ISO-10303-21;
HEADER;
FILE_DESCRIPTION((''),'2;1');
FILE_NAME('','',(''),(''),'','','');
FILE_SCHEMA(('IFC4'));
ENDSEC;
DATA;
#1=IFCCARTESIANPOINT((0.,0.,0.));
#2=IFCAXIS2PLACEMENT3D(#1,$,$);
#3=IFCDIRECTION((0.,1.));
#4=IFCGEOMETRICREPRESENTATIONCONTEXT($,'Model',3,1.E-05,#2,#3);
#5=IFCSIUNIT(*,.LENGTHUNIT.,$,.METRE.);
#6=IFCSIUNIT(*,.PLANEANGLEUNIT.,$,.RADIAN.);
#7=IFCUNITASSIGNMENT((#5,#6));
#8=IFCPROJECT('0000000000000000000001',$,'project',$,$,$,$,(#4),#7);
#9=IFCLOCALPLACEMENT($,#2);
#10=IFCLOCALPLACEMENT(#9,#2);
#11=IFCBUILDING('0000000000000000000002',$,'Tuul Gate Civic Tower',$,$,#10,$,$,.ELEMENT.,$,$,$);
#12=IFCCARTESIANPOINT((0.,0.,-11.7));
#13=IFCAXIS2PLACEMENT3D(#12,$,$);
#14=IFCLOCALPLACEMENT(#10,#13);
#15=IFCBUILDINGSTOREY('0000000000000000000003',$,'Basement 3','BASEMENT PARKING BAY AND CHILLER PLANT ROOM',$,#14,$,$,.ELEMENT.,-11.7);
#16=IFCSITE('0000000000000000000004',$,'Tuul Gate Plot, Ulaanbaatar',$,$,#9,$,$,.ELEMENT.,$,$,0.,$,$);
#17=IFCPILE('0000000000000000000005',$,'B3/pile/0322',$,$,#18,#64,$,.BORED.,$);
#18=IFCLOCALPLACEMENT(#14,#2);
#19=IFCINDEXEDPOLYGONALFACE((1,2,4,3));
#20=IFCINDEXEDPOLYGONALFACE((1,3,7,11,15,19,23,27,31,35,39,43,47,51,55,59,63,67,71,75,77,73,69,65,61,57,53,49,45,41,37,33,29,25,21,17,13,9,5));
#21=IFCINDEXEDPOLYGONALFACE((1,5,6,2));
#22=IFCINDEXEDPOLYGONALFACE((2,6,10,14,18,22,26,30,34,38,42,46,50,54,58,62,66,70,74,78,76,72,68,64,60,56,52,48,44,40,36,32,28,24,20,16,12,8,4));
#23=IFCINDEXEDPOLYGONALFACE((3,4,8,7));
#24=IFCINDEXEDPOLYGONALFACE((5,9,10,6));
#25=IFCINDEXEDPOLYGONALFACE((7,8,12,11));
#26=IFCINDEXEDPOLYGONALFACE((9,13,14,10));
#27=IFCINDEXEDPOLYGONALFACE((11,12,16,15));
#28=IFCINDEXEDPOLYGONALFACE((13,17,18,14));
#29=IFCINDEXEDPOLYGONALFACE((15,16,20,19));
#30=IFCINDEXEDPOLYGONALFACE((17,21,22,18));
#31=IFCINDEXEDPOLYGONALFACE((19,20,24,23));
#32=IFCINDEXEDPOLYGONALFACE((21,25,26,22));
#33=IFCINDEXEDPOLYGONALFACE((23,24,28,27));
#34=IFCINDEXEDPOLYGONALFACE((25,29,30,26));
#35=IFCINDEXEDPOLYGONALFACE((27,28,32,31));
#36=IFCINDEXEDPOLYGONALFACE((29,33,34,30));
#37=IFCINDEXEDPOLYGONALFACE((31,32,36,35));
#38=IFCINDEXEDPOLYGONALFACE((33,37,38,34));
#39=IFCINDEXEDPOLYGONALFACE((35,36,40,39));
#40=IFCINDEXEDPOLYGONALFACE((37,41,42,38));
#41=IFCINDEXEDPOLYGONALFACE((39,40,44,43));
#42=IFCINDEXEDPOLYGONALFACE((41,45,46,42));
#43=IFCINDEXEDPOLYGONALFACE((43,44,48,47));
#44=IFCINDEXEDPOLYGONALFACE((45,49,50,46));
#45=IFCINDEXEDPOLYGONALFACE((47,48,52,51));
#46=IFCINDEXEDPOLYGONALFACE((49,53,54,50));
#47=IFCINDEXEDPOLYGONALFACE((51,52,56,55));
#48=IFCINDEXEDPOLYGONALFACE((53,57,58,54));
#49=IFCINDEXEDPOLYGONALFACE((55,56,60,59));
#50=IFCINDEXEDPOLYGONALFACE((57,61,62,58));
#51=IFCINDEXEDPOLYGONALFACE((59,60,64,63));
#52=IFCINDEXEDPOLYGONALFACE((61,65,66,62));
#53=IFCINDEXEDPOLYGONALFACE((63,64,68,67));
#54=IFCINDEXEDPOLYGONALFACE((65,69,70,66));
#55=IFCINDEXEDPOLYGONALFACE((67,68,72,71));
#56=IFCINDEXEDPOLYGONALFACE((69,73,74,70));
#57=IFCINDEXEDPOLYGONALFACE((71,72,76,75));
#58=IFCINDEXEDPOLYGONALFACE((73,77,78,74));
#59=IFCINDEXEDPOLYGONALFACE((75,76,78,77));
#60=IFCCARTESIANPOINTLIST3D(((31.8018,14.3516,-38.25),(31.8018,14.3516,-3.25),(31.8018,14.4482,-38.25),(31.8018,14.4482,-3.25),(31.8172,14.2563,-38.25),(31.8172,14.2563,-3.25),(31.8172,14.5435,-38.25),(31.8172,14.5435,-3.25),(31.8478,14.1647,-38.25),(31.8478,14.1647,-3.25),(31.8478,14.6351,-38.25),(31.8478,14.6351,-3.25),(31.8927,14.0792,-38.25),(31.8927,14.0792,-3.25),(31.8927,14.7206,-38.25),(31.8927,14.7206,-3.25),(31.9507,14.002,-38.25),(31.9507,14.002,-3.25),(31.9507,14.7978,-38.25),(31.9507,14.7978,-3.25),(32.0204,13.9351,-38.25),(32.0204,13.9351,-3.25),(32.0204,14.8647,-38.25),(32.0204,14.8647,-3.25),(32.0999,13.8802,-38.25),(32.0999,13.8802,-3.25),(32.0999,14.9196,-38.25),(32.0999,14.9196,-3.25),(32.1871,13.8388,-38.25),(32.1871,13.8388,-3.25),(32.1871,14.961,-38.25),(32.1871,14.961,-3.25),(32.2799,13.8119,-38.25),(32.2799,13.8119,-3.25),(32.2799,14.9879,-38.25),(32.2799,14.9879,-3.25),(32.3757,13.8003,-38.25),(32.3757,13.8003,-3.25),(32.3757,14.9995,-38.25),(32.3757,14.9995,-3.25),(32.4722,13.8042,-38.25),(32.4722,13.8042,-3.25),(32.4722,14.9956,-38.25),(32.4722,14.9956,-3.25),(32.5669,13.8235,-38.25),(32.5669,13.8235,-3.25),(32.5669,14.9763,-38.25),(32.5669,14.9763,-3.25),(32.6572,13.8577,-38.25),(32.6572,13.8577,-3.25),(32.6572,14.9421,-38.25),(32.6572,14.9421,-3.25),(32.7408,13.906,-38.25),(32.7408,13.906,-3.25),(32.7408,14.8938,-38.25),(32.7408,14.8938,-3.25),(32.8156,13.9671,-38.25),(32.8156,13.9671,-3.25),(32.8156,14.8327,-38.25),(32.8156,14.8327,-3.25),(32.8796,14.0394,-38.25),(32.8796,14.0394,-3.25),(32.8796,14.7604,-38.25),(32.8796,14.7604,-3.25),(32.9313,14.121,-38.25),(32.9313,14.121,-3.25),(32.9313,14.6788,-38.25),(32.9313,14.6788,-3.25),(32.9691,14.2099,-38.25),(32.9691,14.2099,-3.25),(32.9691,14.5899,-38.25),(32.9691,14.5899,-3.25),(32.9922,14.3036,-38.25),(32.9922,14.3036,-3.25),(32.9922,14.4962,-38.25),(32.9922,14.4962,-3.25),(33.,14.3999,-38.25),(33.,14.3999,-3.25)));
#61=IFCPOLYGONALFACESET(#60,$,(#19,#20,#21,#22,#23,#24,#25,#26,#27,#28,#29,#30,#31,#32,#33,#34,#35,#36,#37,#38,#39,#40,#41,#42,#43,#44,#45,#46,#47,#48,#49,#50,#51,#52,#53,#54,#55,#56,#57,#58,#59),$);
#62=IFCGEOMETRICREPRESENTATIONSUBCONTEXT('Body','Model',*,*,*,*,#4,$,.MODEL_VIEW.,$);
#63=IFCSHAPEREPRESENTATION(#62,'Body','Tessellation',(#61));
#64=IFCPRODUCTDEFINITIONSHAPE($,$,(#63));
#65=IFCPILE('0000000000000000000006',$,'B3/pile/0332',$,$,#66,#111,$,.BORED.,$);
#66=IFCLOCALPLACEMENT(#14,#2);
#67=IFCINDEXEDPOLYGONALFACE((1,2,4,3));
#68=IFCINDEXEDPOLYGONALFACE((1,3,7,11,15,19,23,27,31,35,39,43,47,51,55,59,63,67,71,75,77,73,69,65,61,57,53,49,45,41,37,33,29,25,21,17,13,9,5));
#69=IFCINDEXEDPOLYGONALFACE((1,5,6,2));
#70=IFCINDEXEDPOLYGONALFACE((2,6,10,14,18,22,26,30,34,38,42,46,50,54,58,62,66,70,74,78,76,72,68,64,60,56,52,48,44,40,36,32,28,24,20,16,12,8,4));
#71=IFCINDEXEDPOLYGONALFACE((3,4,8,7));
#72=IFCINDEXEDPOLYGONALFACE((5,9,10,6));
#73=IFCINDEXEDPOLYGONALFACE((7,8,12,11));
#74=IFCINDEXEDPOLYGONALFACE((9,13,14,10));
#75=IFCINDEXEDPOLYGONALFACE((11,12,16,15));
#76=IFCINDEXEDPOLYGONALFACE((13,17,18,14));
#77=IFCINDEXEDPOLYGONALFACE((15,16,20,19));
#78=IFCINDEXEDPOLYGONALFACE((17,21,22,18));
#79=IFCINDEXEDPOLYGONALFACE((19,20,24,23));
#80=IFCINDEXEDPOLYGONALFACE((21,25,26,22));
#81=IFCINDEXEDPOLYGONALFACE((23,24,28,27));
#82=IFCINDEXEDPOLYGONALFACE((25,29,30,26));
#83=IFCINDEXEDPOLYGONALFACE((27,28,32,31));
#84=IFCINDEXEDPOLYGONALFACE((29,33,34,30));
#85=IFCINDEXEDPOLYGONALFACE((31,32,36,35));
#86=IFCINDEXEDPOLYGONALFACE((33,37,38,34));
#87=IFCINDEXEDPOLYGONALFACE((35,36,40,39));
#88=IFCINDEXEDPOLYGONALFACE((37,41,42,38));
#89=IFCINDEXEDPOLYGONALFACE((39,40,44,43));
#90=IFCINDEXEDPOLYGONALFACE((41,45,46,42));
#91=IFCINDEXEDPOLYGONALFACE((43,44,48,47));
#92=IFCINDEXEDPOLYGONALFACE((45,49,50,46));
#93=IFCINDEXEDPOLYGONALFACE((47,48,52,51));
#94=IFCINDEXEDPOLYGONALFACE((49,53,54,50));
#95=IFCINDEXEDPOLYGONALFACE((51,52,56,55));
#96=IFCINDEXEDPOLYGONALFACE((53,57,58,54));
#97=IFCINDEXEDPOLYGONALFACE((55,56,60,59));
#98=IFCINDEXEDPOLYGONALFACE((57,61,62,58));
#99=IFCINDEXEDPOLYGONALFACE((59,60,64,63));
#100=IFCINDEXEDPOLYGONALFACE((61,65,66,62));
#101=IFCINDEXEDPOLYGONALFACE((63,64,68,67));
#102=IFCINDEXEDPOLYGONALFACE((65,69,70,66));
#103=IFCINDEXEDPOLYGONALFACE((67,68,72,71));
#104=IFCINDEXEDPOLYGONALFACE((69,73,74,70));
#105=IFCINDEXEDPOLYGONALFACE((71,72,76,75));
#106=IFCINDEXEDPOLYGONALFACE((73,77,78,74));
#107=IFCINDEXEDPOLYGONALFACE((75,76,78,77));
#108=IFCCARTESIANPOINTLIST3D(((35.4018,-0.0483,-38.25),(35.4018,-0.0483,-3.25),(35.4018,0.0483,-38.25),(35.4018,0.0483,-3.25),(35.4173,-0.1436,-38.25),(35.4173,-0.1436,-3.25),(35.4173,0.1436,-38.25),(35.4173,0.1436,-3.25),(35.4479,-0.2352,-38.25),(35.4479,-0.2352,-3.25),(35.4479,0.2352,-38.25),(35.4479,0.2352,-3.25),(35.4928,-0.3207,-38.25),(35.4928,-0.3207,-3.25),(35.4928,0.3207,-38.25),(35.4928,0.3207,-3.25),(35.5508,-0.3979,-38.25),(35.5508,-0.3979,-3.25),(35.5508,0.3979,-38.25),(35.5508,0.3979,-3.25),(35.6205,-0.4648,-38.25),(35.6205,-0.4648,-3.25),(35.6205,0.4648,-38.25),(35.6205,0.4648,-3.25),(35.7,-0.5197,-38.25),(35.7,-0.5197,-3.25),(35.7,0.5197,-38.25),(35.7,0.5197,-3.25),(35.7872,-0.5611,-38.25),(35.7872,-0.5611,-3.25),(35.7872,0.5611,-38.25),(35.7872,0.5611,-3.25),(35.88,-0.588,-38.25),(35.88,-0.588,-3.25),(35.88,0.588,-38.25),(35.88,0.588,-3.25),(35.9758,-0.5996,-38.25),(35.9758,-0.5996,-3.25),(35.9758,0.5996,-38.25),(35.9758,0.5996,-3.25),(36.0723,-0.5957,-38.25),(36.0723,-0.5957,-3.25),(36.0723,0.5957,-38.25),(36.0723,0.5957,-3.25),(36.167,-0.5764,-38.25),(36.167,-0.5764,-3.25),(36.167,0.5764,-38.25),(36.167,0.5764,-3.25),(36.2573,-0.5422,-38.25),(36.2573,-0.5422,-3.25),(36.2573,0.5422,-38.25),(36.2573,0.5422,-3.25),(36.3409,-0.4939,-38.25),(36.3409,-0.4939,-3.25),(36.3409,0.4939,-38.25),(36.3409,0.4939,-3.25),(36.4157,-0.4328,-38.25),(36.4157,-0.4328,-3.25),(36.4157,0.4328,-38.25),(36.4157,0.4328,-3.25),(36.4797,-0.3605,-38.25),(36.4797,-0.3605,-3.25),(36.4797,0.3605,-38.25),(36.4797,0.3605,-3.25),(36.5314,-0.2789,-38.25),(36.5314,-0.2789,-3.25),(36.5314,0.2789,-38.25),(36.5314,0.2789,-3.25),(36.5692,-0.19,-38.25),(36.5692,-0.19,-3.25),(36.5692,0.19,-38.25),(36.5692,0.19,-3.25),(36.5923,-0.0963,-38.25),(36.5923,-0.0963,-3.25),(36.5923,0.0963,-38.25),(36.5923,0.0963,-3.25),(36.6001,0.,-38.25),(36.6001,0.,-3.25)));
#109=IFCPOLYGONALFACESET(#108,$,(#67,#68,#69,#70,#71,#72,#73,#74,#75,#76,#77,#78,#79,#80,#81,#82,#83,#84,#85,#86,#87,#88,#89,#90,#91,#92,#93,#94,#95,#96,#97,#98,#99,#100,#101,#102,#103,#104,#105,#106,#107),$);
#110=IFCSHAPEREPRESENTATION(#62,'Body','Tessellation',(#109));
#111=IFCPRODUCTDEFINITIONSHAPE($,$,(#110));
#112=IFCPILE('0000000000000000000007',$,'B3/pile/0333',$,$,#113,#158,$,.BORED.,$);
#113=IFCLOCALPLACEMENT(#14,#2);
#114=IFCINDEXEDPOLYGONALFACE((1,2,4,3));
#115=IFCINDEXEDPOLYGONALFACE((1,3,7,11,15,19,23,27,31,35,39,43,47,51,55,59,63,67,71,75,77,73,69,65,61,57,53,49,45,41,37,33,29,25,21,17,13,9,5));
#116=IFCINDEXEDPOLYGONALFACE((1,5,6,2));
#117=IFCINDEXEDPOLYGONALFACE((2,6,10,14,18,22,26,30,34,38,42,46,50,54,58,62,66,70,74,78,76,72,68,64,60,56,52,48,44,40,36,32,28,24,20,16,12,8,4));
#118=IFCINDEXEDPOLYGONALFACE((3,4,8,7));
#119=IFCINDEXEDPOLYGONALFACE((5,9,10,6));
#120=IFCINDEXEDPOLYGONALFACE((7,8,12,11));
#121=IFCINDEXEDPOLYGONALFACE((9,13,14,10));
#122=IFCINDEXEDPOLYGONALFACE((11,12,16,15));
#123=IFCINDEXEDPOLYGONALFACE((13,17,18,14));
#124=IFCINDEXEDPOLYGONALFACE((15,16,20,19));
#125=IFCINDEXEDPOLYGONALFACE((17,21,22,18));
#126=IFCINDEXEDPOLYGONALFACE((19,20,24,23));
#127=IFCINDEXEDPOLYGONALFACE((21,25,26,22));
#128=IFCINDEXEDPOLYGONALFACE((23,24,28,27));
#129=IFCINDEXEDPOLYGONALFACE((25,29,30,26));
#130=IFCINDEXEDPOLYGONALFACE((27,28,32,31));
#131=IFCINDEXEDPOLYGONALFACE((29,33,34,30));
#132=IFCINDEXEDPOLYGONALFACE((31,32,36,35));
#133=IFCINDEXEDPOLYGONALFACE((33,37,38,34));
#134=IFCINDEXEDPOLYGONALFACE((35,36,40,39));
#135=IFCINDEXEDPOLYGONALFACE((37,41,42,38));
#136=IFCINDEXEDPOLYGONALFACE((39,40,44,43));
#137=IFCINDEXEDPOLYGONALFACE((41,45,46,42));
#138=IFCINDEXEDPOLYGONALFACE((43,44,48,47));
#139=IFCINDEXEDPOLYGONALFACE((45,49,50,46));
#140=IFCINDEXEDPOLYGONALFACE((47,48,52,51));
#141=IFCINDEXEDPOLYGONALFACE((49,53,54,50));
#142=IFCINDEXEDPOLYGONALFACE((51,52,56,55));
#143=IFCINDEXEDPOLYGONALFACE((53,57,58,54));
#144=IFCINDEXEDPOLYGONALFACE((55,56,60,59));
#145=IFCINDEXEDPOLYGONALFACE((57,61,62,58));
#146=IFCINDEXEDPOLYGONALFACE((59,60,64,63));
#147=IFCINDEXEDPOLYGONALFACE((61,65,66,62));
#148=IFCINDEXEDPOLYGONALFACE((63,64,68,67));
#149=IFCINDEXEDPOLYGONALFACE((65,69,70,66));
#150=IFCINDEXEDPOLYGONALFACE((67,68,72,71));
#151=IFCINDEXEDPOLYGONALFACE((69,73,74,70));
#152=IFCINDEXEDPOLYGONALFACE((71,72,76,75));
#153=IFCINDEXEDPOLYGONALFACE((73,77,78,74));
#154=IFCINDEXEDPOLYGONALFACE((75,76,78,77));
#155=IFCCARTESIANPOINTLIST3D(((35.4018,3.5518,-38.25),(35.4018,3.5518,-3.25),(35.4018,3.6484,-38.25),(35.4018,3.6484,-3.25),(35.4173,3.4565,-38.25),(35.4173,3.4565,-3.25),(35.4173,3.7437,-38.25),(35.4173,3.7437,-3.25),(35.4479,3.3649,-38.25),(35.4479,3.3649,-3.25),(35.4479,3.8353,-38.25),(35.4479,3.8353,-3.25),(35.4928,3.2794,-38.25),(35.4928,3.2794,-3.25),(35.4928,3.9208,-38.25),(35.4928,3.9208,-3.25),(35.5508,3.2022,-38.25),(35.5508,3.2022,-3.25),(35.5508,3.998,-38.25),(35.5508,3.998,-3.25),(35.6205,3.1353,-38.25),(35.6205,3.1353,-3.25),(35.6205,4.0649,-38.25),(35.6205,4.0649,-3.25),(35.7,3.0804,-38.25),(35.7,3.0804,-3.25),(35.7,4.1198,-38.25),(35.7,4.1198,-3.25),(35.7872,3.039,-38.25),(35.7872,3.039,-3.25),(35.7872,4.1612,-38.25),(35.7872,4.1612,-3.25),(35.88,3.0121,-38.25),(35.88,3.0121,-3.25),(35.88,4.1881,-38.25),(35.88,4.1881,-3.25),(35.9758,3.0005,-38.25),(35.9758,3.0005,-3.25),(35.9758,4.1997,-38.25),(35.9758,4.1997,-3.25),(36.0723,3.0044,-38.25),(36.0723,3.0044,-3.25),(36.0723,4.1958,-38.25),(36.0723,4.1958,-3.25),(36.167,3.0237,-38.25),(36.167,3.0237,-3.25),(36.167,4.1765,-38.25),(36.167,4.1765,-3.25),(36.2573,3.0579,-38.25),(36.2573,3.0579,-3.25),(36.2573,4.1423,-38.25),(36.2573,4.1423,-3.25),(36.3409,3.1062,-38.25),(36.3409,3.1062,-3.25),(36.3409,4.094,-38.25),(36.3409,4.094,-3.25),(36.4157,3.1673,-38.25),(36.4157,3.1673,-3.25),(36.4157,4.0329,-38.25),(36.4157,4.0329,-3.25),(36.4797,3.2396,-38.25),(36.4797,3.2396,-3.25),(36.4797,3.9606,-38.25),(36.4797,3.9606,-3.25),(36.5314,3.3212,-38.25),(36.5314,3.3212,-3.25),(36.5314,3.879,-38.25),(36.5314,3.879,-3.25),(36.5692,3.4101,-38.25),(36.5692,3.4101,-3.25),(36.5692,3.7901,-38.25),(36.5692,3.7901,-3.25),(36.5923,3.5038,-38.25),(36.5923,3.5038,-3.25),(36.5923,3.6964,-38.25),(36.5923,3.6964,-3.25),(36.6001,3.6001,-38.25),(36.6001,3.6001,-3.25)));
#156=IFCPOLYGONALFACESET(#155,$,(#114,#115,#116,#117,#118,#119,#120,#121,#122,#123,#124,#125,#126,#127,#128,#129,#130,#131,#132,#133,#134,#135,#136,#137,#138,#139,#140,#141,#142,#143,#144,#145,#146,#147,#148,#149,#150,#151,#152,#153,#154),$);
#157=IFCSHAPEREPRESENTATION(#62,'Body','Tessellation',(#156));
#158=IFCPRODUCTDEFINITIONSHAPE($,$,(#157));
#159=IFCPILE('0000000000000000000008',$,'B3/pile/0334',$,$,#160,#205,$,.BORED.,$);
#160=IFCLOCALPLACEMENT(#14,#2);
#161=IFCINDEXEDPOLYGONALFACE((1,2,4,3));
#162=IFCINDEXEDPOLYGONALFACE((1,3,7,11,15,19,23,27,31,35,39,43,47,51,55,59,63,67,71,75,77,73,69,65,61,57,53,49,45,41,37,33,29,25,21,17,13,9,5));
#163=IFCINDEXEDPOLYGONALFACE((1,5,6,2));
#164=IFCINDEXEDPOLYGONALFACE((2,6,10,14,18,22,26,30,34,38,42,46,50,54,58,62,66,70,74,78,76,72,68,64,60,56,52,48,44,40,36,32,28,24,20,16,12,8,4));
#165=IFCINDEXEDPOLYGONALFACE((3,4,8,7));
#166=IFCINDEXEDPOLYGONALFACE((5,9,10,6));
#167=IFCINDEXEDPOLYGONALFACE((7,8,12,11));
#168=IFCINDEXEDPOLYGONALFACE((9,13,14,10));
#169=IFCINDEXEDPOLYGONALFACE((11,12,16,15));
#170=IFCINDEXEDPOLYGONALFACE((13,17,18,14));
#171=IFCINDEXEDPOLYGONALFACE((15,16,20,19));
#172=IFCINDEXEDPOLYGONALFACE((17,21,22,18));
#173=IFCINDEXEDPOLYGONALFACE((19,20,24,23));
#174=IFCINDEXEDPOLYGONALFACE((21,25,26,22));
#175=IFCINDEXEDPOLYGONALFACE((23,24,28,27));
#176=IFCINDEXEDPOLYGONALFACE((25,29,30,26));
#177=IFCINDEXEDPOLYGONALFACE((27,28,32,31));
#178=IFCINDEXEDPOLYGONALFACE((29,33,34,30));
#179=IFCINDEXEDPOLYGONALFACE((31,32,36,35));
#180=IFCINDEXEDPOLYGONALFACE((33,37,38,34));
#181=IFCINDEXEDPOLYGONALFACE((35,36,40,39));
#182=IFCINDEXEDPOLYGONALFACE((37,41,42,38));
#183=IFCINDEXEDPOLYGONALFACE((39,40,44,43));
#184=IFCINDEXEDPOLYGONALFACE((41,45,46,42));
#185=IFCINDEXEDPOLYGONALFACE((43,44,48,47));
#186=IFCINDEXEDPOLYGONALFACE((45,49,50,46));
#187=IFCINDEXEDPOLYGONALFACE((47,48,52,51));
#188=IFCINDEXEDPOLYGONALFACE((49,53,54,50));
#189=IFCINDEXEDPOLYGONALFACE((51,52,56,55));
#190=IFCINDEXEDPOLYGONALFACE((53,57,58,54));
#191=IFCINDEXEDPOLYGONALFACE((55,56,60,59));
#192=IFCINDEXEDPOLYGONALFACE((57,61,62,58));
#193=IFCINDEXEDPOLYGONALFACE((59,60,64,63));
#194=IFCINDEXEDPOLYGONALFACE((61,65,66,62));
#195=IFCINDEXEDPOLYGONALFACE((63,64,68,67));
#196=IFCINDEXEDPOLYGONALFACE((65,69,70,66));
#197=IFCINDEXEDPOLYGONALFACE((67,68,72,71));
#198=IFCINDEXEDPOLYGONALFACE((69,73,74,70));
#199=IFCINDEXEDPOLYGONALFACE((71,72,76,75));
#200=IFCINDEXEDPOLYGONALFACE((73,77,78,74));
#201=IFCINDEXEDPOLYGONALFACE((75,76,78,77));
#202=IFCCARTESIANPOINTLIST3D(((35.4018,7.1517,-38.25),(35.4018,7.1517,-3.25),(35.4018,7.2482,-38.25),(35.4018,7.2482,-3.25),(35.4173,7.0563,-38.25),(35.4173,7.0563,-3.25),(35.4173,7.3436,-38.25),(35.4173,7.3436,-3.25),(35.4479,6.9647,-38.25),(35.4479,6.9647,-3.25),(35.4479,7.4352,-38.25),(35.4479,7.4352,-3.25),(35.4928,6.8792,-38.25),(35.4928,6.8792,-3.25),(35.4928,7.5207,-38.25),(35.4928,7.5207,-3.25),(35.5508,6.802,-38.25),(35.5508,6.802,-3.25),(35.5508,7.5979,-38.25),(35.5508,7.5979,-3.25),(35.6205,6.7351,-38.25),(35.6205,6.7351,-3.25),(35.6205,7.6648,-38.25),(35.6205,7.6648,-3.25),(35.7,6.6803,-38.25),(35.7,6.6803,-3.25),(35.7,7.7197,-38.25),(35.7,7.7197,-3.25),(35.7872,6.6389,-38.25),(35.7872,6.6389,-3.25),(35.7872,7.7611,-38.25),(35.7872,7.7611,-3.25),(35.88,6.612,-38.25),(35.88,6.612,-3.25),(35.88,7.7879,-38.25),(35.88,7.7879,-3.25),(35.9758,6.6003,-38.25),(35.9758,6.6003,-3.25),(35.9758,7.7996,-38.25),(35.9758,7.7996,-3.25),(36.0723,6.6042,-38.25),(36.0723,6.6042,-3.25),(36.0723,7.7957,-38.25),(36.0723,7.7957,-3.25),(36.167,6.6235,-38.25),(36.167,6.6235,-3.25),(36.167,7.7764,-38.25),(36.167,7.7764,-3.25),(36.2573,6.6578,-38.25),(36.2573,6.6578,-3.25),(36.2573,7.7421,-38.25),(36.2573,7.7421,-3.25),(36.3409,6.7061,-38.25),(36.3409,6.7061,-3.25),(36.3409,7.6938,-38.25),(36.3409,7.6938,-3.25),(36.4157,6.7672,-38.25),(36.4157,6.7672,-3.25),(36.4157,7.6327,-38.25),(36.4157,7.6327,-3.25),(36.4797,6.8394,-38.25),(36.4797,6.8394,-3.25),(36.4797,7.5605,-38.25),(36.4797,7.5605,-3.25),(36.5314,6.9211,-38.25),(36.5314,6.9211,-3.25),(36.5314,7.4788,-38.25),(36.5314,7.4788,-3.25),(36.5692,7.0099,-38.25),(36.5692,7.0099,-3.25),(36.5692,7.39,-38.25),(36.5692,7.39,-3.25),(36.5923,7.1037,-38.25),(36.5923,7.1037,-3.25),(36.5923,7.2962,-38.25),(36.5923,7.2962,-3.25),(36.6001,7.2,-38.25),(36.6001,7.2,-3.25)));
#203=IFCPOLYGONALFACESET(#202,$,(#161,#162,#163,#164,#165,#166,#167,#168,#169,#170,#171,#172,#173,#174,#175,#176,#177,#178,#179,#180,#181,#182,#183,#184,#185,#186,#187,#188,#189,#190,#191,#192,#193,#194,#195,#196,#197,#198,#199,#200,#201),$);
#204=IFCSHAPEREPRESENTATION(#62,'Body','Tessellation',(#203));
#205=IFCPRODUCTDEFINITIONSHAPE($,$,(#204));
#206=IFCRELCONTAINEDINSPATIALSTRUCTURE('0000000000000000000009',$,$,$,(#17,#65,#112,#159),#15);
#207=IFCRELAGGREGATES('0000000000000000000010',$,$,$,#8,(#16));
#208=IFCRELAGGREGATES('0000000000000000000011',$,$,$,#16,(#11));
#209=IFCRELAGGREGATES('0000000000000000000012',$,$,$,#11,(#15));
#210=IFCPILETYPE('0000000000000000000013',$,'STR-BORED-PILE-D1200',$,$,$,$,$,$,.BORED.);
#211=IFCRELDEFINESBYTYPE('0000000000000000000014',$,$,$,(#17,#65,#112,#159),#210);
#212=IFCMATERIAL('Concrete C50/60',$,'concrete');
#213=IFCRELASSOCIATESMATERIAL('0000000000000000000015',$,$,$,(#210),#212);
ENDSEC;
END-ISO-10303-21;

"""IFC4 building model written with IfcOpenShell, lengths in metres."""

from ifc_helpers import new_model, si_unit, direction, frame, origin, origin_2d, place, context, subcontext, project, spatial, circle, extrude, material, material_profile, profile_set, type_object, element, save


model = new_model("IFC4")

# Units and contexts
model_context = context("Model", 3, precision=1e-05, world=origin(), true_north=direction((0.0, 1.0)))
body_context = subcontext(model_context, "Body", "Model", "MODEL_VIEW")
ifc_project = project(units=[si_unit("LENGTHUNIT", "METRE"), si_unit("PLANEANGLEUNIT", "RADIAN")], contexts=[model_context])

# Site, building, storey
site_placement = place(None, origin())
site = spatial("IfcSite", under=ifc_project, at=site_placement, Name="Tuul Gate Plot, Ulaanbaatar", CompositionType="ELEMENT", RefElevation=0.0)
building_placement = place(site_placement, origin())
building = spatial("IfcBuilding", under=site, at=building_placement, Name="Tuul Gate Civic Tower", CompositionType="ELEMENT")
storey_placement = place(building_placement, frame((0.0, 0.0, -11.7)))
storey = spatial("IfcBuildingStorey", under=building, at=storey_placement, Name="Basement 3", Description="BASEMENT PARKING BAY AND CHILLER PLANT ROOM", CompositionType="ELEMENT", Elevation=-11.7)

# Piles
ifc_material_1 = material(Name="Concrete C50/60", Category="concrete")
ifc_material_profile_1 = material_profile(ifc_material_1, circle(Radius=0.6001, at=origin_2d()), Name="PILE1200")
ifc_profile_set_1 = profile_set([ifc_material_profile_1], Name="Concrete C50/60")
pile_type = type_object("IfcPileType", Name="STR-BORED-PILE-D1200", PredefinedType="BORED", material=ifc_profile_set_1)
for number, where, z_axis, x_axis, name in (
    (1, (32.3999, 14.3999, -3.25), (0.0, 0.0, -1.0), (1.0, 0.0, 0.0), "B3/pile/0322"),
    (2, (36.0, 0.0, -3.25), (0.0, 0.0, -1.0), (1.0, 0.0, 0.0), "B3/pile/0332"),
    (3, (36.0, 3.6001, -3.25), (0.0, 0.0, -1.0), (1.0, 0.0, 0.0), "B3/pile/0333"),
    (4, (36.0, 7.2, -3.25), (0.0, 0.0, -1.0), (1.0, 0.0, 0.0), "B3/pile/0334"),
):
    element("IfcPile", number, at=place(storey_placement, frame(where, z_axis=z_axis, x_axis=x_axis)), inside=storey, type_object=pile_type, Name=name, PredefinedType="BORED", context=body_context, shape_type="SweptSolid", body=[
        extrude(circle(Radius=0.6001, at=origin_2d()), origin(), (0.0, 0.0, 1.0), 35.0),
    ])

save(model, "model.ifc")
